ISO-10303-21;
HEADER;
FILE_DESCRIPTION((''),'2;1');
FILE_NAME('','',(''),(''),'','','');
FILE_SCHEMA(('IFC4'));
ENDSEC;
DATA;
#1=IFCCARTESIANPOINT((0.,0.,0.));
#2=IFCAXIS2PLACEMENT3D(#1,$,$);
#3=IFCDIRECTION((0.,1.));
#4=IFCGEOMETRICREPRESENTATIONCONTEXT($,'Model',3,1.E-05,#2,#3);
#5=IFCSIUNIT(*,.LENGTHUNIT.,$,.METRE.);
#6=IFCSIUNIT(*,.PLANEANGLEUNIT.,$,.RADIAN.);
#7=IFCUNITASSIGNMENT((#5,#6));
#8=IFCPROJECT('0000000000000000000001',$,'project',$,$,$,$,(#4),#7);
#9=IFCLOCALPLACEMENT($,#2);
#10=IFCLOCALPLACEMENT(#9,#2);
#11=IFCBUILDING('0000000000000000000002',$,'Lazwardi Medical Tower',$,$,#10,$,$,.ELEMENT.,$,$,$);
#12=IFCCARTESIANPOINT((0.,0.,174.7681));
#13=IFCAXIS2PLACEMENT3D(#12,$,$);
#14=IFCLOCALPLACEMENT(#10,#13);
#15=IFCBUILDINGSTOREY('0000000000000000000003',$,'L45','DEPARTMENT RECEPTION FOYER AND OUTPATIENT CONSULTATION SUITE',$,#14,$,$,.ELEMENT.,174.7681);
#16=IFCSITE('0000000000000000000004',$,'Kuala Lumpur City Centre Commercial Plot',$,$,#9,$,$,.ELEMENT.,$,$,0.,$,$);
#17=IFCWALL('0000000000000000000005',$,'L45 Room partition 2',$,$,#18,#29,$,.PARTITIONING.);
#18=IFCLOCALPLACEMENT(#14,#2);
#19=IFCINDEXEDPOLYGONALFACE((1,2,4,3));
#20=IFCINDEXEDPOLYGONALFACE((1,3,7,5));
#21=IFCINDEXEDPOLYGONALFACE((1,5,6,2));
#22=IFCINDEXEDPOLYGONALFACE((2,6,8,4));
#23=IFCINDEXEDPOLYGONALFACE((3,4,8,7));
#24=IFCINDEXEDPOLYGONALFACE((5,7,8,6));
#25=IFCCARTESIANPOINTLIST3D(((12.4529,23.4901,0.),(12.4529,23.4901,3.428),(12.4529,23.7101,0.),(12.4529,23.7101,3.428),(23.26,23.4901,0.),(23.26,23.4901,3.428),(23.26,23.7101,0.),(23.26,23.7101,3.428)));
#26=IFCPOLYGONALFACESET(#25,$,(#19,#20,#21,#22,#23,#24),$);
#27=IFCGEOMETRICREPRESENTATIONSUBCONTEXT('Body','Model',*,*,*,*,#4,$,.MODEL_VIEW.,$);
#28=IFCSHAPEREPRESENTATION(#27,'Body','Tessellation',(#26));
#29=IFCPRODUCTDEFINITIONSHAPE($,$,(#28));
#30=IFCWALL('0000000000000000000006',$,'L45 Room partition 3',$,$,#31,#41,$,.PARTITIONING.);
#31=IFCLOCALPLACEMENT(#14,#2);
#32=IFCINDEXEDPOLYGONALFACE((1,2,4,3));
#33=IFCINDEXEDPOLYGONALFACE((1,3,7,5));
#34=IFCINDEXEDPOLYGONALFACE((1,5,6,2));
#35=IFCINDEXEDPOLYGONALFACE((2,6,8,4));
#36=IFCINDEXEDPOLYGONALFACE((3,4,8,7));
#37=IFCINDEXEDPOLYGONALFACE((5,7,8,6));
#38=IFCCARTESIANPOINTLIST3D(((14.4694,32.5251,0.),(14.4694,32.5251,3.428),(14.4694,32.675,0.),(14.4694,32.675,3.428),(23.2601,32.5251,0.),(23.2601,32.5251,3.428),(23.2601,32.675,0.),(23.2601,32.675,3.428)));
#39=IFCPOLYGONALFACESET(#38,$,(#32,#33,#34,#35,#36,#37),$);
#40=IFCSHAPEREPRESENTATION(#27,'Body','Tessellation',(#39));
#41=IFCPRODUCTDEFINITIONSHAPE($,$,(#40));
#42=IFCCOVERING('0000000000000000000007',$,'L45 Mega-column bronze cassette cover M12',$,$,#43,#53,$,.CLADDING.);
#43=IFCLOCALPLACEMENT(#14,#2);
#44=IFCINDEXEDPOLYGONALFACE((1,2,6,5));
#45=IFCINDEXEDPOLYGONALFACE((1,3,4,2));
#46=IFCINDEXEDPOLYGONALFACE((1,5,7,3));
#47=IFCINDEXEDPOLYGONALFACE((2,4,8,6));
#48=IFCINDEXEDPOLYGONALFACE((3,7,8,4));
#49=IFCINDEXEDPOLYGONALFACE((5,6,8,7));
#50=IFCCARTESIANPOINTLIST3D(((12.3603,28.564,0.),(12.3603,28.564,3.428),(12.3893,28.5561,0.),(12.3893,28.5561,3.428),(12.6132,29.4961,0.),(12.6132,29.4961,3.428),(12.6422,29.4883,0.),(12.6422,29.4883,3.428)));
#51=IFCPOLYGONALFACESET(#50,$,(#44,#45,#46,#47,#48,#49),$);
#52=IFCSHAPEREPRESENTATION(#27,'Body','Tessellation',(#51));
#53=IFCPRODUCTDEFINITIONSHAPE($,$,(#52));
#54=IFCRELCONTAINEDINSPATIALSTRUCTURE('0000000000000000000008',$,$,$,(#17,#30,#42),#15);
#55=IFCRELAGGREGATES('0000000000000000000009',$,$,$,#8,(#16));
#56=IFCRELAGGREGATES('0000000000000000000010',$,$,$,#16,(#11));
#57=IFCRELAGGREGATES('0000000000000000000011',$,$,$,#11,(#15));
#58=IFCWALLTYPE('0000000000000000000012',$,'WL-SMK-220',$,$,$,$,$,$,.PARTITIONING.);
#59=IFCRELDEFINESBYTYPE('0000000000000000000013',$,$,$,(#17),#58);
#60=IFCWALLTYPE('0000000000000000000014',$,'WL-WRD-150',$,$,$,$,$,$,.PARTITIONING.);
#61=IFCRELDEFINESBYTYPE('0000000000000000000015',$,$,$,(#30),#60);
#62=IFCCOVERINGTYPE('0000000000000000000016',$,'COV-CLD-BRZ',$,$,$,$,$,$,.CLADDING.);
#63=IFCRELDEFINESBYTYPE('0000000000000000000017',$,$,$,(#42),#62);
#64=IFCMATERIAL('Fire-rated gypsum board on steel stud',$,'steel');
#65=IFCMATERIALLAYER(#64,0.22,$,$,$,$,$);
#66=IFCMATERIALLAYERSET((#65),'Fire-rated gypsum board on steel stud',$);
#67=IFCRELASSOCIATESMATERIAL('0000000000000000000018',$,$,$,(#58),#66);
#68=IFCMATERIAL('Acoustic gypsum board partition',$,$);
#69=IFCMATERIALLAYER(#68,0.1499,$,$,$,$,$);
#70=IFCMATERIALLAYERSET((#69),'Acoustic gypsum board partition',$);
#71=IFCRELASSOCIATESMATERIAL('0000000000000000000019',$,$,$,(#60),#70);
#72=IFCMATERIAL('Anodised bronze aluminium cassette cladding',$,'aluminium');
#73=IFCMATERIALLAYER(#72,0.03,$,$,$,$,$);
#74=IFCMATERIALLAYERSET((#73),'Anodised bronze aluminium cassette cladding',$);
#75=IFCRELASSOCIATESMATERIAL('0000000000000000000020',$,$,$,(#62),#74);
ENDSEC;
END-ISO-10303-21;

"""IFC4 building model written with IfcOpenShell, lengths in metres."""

from ifc_helpers import new_model, si_unit, direction, frame, frame_2d, origin, origin_2d, place, context, subcontext, project, spatial, rectangle, extrude, material, layer, layer_set, type_object, element, save


model = new_model("IFC4")

# Units and contexts
model_context = context("Model", 3, precision=1e-05, world=origin(), true_north=direction((0.0, 1.0)))
body_context = subcontext(model_context, "Body", "Model", "MODEL_VIEW")
ifc_project = project(units=[si_unit("LENGTHUNIT", "METRE"), si_unit("PLANEANGLEUNIT", "RADIAN")], contexts=[model_context])

# Site, building, storey
site_placement = place(None, origin())
site = spatial("IfcSite", under=ifc_project, at=site_placement, Name="Kuala Lumpur City Centre Commercial Plot", CompositionType="ELEMENT", RefElevation=0.0)
building_placement = place(site_placement, origin())
building = spatial("IfcBuilding", under=site, at=building_placement, Name="Lazwardi Medical Tower", CompositionType="ELEMENT")
storey_placement = place(building_placement, frame((0.0, 0.0, 174.7681)))
storey = spatial("IfcBuildingStorey", under=building, at=storey_placement, Name="L45", Description="DEPARTMENT RECEPTION FOYER AND OUTPATIENT CONSULTATION SUITE", CompositionType="ELEMENT", Elevation=174.7681)

# Walls
ifc_material_1 = material(Name="Fire-rated gypsum board on steel stud", Category="steel")
ifc_layer_1 = layer(ifc_material_1, 0.22)
ifc_layer_set_1 = layer_set([ifc_layer_1], Name="Fire-rated gypsum board on steel stud")
wall_type_1 = type_object("IfcWallType", Name="WL-SMK-220", PredefinedType="PARTITIONING", material=ifc_layer_set_1)
wall_1_placement = place(storey_placement, frame((12.4529, 23.6001, 0.0), z_axis=(0.0, 0.0, 1.0), x_axis=(1.0, 0.0, 0.0)))
element("IfcWall", 1, at=wall_1_placement, inside=storey, type_object=wall_type_1, Name="L45 Room partition 2", PredefinedType="PARTITIONING", context=body_context, shape_type="SweptSolid", body=[
    extrude(rectangle(XDim=10.8071, YDim=0.22, at=frame_2d((5.4036, 0.0))), origin(), (0.0, 0.0, 1.0), 3.428),
])
ifc_material_2 = material(Name="Acoustic gypsum board partition")
ifc_layer_2 = layer(ifc_material_2, 0.1499)
ifc_layer_set_2 = layer_set([ifc_layer_2], Name="Acoustic gypsum board partition")
wall_type_2 = type_object("IfcWallType", Name="WL-WRD-150", PredefinedType="PARTITIONING", material=ifc_layer_set_2)
wall_2_placement = place(storey_placement, frame((14.4692, 32.6001, 0.0), z_axis=(0.0, 0.0, 1.0), x_axis=(1.0, 0.0, 0.0)))
element("IfcWall", 2, at=wall_2_placement, inside=storey, type_object=wall_type_2, Name="L45 Room partition 3", PredefinedType="PARTITIONING", context=body_context, shape_type="SweptSolid", body=[
    extrude(rectangle(XDim=8.7908, YDim=0.1499, at=frame_2d((4.3955, 0.0))), origin(), (0.0, 0.0, 1.0), 3.428),
])

# Covering
ifc_material_3 = material(Name="Anodised bronze aluminium cassette cladding", Category="aluminium")
ifc_layer_3 = layer(ifc_material_3, 0.03)
ifc_layer_set_3 = layer_set([ifc_layer_3], Name="Anodised bronze aluminium cassette cladding")
covering_type = type_object("IfcCoveringType", Name="COV-CLD-BRZ", PredefinedType="CLADDING", material=ifc_layer_set_3)
covering_placement = place(storey_placement, frame((12.5012, 29.0261, 0.0), z_axis=(0.0, 0.0, 1.0), x_axis=(-0.261829, -0.965114, 0.0)))
element("IfcCovering", 3, at=covering_placement, inside=storey, type_object=covering_type, Name="L45 Mega-column bronze cassette cover M12", PredefinedType="CLADDING", context=body_context, shape_type="SweptSolid", body=[
    extrude(rectangle(XDim=0.9658, YDim=0.03, at=origin_2d()), origin(), (0.0, 0.0, 1.0), 3.428),
])

save(model, "model.ifc")
